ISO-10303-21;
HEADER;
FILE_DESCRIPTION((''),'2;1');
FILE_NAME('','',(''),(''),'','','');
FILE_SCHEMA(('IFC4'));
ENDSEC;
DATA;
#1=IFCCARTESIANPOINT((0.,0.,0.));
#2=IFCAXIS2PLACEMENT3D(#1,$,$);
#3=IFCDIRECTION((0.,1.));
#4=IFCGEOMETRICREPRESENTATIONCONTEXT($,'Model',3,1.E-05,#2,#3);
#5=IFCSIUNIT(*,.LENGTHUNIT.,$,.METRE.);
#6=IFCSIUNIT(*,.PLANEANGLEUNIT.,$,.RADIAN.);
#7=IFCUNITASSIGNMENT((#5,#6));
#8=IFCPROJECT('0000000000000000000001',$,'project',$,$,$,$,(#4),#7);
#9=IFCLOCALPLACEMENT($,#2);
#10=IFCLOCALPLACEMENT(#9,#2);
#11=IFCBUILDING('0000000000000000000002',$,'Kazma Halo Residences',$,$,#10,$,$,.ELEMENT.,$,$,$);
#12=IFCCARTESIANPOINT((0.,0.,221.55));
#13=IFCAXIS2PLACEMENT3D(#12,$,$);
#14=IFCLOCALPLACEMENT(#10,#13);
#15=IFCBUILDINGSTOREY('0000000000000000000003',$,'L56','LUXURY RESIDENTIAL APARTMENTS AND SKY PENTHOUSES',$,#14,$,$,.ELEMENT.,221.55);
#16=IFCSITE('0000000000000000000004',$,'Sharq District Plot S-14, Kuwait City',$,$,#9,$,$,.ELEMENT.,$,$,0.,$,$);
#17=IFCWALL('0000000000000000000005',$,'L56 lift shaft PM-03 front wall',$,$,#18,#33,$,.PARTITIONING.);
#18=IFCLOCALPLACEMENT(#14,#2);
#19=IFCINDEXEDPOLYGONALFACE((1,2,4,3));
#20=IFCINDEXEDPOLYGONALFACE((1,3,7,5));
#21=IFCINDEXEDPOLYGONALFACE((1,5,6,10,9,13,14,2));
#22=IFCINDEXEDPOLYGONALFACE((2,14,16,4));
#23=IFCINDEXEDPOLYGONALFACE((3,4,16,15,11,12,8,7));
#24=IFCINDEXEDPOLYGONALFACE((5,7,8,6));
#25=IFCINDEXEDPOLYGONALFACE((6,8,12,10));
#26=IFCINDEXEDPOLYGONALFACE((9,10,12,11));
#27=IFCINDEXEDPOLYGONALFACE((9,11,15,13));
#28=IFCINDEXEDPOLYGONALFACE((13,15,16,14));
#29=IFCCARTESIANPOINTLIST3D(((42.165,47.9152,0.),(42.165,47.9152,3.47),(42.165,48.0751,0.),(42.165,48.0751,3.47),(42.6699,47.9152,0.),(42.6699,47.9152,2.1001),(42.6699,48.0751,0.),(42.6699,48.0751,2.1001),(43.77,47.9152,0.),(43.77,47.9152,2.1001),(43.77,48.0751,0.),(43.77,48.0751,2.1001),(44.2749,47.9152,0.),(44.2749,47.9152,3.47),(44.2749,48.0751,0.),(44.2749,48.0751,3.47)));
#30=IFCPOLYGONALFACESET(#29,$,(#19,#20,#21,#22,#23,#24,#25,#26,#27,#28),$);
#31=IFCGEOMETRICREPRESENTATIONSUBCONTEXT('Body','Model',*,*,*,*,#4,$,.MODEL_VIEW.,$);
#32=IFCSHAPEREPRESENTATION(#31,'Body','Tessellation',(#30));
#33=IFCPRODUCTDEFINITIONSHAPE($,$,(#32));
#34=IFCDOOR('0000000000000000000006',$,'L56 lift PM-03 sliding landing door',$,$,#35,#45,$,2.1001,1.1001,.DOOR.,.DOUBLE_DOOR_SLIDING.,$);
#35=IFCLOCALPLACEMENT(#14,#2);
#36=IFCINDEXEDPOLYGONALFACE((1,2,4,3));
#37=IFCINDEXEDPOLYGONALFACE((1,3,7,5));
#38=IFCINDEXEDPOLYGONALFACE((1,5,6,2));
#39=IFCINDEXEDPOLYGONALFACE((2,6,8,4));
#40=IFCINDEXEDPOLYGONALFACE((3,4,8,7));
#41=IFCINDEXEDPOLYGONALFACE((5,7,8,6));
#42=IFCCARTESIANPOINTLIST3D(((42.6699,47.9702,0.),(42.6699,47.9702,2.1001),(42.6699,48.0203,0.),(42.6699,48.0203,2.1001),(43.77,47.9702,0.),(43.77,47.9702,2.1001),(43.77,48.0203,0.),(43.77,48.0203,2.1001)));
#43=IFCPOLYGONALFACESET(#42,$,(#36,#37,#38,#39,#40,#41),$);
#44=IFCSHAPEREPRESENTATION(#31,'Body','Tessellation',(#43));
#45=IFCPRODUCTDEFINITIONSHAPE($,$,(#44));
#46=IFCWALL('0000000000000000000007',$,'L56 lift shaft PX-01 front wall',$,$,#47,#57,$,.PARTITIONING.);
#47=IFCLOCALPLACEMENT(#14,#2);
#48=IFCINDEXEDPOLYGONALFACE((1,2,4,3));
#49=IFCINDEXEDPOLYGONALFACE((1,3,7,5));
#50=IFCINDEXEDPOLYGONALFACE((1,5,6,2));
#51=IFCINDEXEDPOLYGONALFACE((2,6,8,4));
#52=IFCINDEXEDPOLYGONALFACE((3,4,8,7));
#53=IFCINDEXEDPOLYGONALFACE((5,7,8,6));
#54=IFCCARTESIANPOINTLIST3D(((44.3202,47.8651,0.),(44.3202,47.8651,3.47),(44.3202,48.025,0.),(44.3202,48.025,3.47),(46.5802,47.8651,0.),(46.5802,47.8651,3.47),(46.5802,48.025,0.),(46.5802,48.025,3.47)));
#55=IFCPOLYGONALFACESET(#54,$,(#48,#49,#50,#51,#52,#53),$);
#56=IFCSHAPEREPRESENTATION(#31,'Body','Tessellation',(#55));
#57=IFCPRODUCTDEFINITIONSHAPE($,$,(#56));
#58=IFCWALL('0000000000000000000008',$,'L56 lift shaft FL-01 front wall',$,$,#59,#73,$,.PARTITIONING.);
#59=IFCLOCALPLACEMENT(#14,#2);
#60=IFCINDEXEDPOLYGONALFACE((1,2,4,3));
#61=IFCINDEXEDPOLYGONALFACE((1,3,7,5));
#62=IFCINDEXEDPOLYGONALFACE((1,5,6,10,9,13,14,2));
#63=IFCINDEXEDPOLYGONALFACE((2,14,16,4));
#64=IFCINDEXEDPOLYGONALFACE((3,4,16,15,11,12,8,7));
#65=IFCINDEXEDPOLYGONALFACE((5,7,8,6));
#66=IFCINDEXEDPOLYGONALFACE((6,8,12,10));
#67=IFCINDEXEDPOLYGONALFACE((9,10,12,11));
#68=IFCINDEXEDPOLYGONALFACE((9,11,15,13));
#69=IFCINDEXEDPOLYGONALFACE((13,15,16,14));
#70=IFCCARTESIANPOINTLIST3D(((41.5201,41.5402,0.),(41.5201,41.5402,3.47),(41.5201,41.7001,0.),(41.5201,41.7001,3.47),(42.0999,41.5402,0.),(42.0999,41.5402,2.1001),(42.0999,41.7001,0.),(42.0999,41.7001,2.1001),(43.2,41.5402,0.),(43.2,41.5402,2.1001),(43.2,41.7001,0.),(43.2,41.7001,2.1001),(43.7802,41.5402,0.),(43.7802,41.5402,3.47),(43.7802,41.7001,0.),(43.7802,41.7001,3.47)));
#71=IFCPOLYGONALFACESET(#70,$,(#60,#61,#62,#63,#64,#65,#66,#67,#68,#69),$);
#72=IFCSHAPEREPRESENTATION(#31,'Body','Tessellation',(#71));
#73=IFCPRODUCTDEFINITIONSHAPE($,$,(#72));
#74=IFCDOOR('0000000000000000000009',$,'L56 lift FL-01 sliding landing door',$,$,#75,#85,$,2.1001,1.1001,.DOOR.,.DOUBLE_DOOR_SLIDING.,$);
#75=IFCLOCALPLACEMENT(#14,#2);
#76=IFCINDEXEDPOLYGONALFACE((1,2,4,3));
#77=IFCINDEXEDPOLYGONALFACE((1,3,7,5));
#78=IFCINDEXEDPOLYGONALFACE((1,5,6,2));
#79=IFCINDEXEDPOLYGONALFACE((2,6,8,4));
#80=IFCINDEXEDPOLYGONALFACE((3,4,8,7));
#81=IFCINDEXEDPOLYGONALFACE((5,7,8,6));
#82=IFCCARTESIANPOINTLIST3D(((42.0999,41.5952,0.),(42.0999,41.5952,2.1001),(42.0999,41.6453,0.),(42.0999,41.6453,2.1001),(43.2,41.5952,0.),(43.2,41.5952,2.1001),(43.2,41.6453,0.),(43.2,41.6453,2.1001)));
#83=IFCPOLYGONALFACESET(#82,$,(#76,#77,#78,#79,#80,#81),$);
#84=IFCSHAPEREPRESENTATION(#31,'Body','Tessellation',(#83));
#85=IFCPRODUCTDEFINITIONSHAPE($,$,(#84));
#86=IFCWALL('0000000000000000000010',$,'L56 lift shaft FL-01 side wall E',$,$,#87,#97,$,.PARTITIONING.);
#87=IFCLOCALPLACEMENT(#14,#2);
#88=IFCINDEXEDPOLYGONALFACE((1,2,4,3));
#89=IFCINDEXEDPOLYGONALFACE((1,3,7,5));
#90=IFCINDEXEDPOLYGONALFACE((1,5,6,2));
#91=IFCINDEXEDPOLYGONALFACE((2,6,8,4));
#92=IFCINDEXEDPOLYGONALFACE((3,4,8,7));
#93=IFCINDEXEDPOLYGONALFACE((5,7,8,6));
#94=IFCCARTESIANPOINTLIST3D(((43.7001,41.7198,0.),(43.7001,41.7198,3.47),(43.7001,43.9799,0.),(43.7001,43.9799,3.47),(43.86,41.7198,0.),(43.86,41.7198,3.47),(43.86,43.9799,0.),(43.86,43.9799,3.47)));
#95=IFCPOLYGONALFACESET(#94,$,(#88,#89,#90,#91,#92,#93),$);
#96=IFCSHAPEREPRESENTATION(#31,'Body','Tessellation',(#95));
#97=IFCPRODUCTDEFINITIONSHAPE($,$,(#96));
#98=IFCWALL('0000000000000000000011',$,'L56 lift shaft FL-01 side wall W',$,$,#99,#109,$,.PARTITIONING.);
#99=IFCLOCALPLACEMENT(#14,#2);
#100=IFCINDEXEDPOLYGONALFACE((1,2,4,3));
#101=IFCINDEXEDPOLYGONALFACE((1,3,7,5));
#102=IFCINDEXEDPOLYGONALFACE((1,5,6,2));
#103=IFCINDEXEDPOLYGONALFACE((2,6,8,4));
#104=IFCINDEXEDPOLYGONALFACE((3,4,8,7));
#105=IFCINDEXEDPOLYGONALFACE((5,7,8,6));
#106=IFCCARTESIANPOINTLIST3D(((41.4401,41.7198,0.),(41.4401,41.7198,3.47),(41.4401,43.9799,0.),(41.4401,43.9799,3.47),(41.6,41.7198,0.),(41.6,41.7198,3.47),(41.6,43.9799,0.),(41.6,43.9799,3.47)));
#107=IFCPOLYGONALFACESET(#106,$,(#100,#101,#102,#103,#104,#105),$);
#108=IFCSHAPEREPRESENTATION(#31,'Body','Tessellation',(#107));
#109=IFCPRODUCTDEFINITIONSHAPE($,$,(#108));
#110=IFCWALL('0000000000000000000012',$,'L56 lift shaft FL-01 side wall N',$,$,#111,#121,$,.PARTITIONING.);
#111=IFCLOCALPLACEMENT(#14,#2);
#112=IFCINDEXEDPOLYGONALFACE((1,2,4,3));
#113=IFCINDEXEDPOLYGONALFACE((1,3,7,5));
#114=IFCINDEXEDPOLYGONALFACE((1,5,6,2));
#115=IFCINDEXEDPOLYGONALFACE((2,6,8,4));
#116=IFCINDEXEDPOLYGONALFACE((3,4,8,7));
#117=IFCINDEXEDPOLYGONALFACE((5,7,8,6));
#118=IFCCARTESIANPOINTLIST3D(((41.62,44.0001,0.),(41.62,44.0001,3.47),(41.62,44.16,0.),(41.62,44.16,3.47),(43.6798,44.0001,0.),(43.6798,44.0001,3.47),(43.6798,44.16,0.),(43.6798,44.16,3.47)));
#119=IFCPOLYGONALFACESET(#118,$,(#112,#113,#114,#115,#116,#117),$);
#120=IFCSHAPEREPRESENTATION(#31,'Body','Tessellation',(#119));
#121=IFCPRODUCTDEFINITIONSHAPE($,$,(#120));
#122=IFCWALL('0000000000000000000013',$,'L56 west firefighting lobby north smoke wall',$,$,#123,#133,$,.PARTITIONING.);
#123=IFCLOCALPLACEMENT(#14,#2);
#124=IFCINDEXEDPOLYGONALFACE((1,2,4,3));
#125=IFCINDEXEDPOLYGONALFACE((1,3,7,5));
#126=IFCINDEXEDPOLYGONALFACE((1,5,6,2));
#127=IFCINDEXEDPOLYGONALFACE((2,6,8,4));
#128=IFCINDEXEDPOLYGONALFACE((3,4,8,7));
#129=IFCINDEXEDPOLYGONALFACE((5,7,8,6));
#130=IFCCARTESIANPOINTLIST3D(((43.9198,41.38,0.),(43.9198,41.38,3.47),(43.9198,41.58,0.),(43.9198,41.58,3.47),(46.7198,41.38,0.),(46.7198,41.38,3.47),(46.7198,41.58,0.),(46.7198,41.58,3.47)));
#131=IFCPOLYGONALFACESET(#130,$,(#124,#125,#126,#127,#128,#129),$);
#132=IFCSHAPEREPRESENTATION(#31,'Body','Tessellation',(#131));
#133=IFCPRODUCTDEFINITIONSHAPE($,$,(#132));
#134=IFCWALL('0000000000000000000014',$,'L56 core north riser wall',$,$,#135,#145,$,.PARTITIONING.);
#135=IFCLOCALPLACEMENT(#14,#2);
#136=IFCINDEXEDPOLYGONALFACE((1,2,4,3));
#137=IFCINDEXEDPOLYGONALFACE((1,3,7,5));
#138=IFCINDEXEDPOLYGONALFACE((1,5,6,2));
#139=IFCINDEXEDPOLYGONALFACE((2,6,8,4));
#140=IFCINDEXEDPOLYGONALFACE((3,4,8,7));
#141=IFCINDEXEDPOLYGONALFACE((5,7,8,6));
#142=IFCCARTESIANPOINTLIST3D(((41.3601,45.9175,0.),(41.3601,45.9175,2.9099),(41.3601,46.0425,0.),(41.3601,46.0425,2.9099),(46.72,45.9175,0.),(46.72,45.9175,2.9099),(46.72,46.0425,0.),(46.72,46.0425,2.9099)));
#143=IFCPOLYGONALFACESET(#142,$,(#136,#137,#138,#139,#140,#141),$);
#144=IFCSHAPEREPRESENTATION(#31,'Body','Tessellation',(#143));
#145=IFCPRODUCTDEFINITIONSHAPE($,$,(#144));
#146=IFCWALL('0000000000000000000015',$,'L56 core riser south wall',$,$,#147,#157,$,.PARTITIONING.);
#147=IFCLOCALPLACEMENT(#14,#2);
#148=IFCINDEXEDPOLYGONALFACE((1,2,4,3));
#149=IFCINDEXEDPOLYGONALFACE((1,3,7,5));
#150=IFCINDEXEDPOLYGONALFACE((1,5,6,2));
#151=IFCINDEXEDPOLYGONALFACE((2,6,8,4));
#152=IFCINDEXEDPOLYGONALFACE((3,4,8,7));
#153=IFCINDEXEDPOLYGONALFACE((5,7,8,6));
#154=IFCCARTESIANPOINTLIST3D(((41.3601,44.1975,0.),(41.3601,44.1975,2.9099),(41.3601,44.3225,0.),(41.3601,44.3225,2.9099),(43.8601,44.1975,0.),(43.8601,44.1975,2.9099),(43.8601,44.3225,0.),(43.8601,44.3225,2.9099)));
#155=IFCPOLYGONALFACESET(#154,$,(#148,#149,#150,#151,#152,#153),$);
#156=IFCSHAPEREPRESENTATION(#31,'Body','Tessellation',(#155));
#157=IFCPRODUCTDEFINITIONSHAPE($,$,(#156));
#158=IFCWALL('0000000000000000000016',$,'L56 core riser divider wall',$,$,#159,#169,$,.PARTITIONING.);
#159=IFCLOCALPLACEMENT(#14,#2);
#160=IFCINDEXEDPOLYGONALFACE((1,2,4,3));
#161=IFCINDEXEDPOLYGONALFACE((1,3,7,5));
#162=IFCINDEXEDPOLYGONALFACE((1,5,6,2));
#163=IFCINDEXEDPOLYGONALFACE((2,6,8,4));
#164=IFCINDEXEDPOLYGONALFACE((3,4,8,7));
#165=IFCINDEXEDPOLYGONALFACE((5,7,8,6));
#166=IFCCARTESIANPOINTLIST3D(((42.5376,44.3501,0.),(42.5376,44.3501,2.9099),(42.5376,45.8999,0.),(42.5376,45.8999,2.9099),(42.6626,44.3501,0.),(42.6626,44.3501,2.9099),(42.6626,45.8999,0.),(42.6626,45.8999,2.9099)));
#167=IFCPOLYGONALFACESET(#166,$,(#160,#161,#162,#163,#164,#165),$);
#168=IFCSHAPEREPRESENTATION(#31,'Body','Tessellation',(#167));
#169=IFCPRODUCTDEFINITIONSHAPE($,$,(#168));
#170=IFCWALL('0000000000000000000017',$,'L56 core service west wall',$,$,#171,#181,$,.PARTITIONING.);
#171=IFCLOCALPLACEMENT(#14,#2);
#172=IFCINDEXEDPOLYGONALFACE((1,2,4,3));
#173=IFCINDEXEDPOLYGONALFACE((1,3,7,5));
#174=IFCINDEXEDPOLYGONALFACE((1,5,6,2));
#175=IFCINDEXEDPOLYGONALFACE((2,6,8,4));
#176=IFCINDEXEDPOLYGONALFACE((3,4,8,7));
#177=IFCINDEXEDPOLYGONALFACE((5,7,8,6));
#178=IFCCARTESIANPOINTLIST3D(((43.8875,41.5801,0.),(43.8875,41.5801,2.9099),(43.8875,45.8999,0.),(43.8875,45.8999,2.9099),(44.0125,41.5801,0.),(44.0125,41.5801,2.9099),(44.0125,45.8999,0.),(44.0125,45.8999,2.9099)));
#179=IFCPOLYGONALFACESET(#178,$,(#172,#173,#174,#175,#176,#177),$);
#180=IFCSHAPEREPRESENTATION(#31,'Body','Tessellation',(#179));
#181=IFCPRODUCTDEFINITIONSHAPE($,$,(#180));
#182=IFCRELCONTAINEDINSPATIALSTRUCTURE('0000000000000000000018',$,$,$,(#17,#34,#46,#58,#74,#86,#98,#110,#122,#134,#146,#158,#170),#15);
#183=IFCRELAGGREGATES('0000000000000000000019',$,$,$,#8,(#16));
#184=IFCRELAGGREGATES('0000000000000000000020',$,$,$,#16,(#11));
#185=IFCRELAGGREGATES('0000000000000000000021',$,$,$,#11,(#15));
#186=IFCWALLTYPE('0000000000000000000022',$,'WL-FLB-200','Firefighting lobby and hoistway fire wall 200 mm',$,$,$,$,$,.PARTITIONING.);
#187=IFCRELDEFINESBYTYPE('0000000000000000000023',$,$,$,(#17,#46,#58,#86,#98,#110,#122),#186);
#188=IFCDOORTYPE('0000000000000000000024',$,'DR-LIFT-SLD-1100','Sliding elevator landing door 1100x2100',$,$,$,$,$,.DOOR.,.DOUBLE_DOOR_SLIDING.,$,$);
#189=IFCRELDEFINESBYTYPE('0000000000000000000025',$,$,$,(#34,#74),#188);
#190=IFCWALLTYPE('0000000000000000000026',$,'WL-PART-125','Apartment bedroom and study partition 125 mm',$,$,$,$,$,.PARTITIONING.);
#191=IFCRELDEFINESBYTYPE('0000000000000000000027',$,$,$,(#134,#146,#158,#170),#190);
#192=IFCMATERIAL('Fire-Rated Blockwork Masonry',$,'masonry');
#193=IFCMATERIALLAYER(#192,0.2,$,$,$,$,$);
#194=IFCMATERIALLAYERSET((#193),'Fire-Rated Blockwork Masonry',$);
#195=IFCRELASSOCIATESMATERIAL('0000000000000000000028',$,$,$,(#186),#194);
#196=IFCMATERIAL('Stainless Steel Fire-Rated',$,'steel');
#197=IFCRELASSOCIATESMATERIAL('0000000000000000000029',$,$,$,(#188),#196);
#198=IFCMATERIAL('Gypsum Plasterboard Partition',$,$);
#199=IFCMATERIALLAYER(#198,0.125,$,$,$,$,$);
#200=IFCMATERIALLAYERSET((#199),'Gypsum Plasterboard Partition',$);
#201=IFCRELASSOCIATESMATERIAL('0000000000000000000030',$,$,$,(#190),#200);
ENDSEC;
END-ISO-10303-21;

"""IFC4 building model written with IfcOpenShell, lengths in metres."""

from ifc_helpers import new_model, si_unit, direction, frame, frame_2d, origin, place, context, subcontext, project, spatial, rectangle, extrude, material, layer, layer_set, type_object, element, fill, save


model = new_model("IFC4")

# Units and contexts
model_context = context("Model", 3, precision=1e-05, world=origin(), true_north=direction((0.0, 1.0)))
body_context = subcontext(model_context, "Body", "Model", "MODEL_VIEW")
ifc_project = project(units=[si_unit("LENGTHUNIT", "METRE"), si_unit("PLANEANGLEUNIT", "RADIAN")], contexts=[model_context])

# Site, building, storey
site_placement = place(None, origin())
site = spatial("IfcSite", under=ifc_project, at=site_placement, Name="Sharq District Plot S-14, Kuwait City", CompositionType="ELEMENT", RefElevation=0.0)
building_placement = place(site_placement, origin())
building = spatial("IfcBuilding", under=site, at=building_placement, Name="Kazma Halo Residences", CompositionType="ELEMENT")
storey_placement = place(building_placement, frame((0.0, 0.0, 221.55)))
storey = spatial("IfcBuildingStorey", under=building, at=storey_placement, Name="L56", Description="LUXURY RESIDENTIAL APARTMENTS AND SKY PENTHOUSES", CompositionType="ELEMENT", Elevation=221.55)

# Shared definitions
ifc_material_1 = material(Name="Fire-Rated Blockwork Masonry", Category="masonry")
ifc_layer_1 = layer(ifc_material_1, 0.2)
ifc_layer_set_1 = layer_set([ifc_layer_1], Name="Fire-Rated Blockwork Masonry")
wall_type_1 = type_object("IfcWallType", Name="WL-FLB-200", Description="Firefighting lobby and hoistway fire wall 200 mm", PredefinedType="PARTITIONING", material=ifc_layer_set_1)
ifc_material_2 = material(Name="Stainless Steel Fire-Rated", Category="steel")
door_type = type_object("IfcDoorType", Name="DR-LIFT-SLD-1100", Description="Sliding elevator landing door 1100x2100", OperationType="DOUBLE_DOOR_SLIDING", PredefinedType="DOOR", material=ifc_material_2)

# Wall, opening, door
wall_1_placement = place(storey_placement, frame((44.2749, 47.9951, 0.0), z_axis=(0.0, 0.0, 1.0), x_axis=(-1.0, 0.0, 0.0)))
wall_1 = element("IfcWall", 1, at=wall_1_placement, inside=storey, type_object=wall_type_1, Name="L56 lift shaft PM-03 front wall", PredefinedType="PARTITIONING", context=body_context, shape_type="SweptSolid", body=[
    extrude(rectangle(XDim=2.1099, YDim=0.1599, at=frame_2d((1.0549, 0.0))), origin(), (0.0, 0.0, 1.0), 3.47),
])
opening_1_placement = place(wall_1_placement, frame((0.5049, 0.0, 0.0)))
opening_1 = element("IfcOpeningElement", 2, at=opening_1_placement, cuts=wall_1, PredefinedType="OPENING", context=body_context, shape_type="SweptSolid", body=[
    extrude(rectangle(XDim=1.1001, YDim=2.1001, at=frame_2d((0.55, 1.05))), frame((0.0, 0.0898, 0.0), z_axis=(0.0, -1.0, 0.0), x_axis=(1.0, 0.0, 0.0)), (0.0, 0.0, 1.0), 0.1799),
])
door_1_placement = place(opening_1_placement, origin())
door_1 = element("IfcDoor", 3, at=door_1_placement, inside=storey, type_object=door_type, Name="L56 lift PM-03 sliding landing door", OperationType="DOUBLE_DOOR_SLIDING", OverallHeight=2.1001, OverallWidth=1.1001, PredefinedType="DOOR", context=body_context, shape_type="SweptSolid", body=[
    extrude(rectangle(XDim=1.1001, YDim=2.1001, at=frame_2d((0.55, 1.05))), frame((0.0, 0.0249, 0.0), z_axis=(0.0, -1.0, 0.0), x_axis=(1.0, 0.0, 0.0)), (0.0, 0.0, 1.0), 0.05),
])
fill(opening_1, door_1)

# Wall
wall_2_placement = place(storey_placement, frame((46.5801, 47.9451, 0.0), z_axis=(0.0, 0.0, 1.0), x_axis=(-1.0, 0.0, 0.0)))
element("IfcWall", 4, at=wall_2_placement, inside=storey, type_object=wall_type_1, Name="L56 lift shaft PX-01 front wall", PredefinedType="PARTITIONING", context=body_context, shape_type="SweptSolid", body=[
    extrude(rectangle(XDim=2.26, YDim=0.1599, at=frame_2d((1.1299, 0.0))), origin(), (0.0, 0.0, 1.0), 3.47),
])

# Wall, opening, door
wall_3_placement = place(storey_placement, frame((43.78, 41.6201, 0.0), z_axis=(0.0, 0.0, 1.0), x_axis=(-1.0, 0.0, 0.0)))
wall_3 = element("IfcWall", 5, at=wall_3_placement, inside=storey, type_object=wall_type_1, Name="L56 lift shaft FL-01 front wall", PredefinedType="PARTITIONING", context=body_context, shape_type="SweptSolid", body=[
    extrude(rectangle(XDim=2.26, YDim=0.1599, at=frame_2d((1.1299, 0.0))), origin(), (0.0, 0.0, 1.0), 3.47),
])
opening_2_placement = place(wall_3_placement, frame((0.5801, 0.0, 0.0)))
opening_2 = element("IfcOpeningElement", 6, at=opening_2_placement, cuts=wall_3, PredefinedType="OPENING", context=body_context, shape_type="SweptSolid", body=[
    extrude(rectangle(XDim=1.1001, YDim=2.1001, at=frame_2d((0.55, 1.05))), frame((0.0, 0.0898, 0.0), z_axis=(0.0, -1.0, 0.0), x_axis=(1.0, 0.0, 0.0)), (0.0, 0.0, 1.0), 0.1799),
])
door_2_placement = place(opening_2_placement, origin())
door_2 = element("IfcDoor", 7, at=door_2_placement, inside=storey, type_object=door_type, Name="L56 lift FL-01 sliding landing door", OperationType="DOUBLE_DOOR_SLIDING", OverallHeight=2.1001, OverallWidth=1.1001, PredefinedType="DOOR", context=body_context, shape_type="SweptSolid", body=[
    extrude(rectangle(XDim=1.1001, YDim=2.1001, at=frame_2d((0.55, 1.05))), frame((0.0, 0.0249, 0.0), z_axis=(0.0, -1.0, 0.0), x_axis=(1.0, 0.0, 0.0)), (0.0, 0.0, 1.0), 0.05),
])
fill(opening_2, door_2)

# Walls
for number, where, z_axis, x_axis, name in (
    (8, (43.78, 41.72, 0.0), (0.0, 0.0, 1.0), (0.0, 1.0, 0.0), "L56 lift shaft FL-01 side wall E"),
    (9, (41.52, 41.72, 0.0), (0.0, 0.0, 1.0), (0.0, 1.0, 0.0), "L56 lift shaft FL-01 side wall W"),
):
    element("IfcWall", number, at=place(storey_placement, frame(where, z_axis=z_axis, x_axis=x_axis)), inside=storey, type_object=wall_type_1, Name=name, PredefinedType="PARTITIONING", context=body_context, shape_type="SweptSolid", body=[
        extrude(rectangle(XDim=2.26, YDim=0.1599, at=frame_2d((1.1299, 0.0))), origin(), (0.0, 0.0, 1.0), 3.47),
    ])
wall_4_placement = place(storey_placement, frame((41.6201, 44.0801, 0.0), z_axis=(0.0, 0.0, 1.0), x_axis=(1.0, 0.0, 0.0)))
element("IfcWall", 10, at=wall_4_placement, inside=storey, type_object=wall_type_1, Name="L56 lift shaft FL-01 side wall N", PredefinedType="PARTITIONING", context=body_context, shape_type="SweptSolid", body=[
    extrude(rectangle(XDim=2.0598, YDim=0.1599, at=frame_2d((1.0298, 0.0))), origin(), (0.0, 0.0, 1.0), 3.47),
])
wall_5_placement = place(storey_placement, frame((43.9199, 41.48, 0.0), z_axis=(0.0, 0.0, 1.0), x_axis=(1.0, 0.0, 0.0)))
element("IfcWall", 11, at=wall_5_placement, inside=storey, type_object=wall_type_1, Name="L56 west firefighting lobby north smoke wall", PredefinedType="PARTITIONING", context=body_context, shape_type="SweptSolid", body=[
    extrude(rectangle(XDim=2.8, YDim=0.2, at=frame_2d((1.3999, 0.0))), origin(), (0.0, 0.0, 1.0), 3.47),
])
ifc_material_3 = material(Name="Gypsum Plasterboard Partition")
ifc_layer_2 = layer(ifc_material_3, 0.125)
ifc_layer_set_2 = layer_set([ifc_layer_2], Name="Gypsum Plasterboard Partition")
wall_type_2 = type_object("IfcWallType", Name="WL-PART-125", Description="Apartment bedroom and study partition 125 mm", PredefinedType="PARTITIONING", material=ifc_layer_set_2)
wall_6_placement = place(storey_placement, frame((41.3601, 45.98, 0.0), z_axis=(0.0, 0.0, 1.0), x_axis=(1.0, 0.0, 0.0)))
element("IfcWall", 12, at=wall_6_placement, inside=storey, type_object=wall_type_2, Name="L56 core north riser wall", PredefinedType="PARTITIONING", context=body_context, shape_type="SweptSolid", body=[
    extrude(rectangle(XDim=5.3599, YDim=0.125, at=frame_2d((2.6799, 0.0))), origin(), (0.0, 0.0, 1.0), 2.9099),
])
wall_7_placement = place(storey_placement, frame((41.3601, 44.26, 0.0), z_axis=(0.0, 0.0, 1.0), x_axis=(1.0, 0.0, 0.0)))
element("IfcWall", 13, at=wall_7_placement, inside=storey, type_object=wall_type_2, Name="L56 core riser south wall", PredefinedType="PARTITIONING", context=body_context, shape_type="SweptSolid", body=[
    extrude(rectangle(XDim=2.5, YDim=0.125, at=frame_2d((1.25, 0.0))), origin(), (0.0, 0.0, 1.0), 2.9099),
])
wall_8_placement = place(storey_placement, frame((42.6001, 44.3501, 0.0), z_axis=(0.0, 0.0, 1.0), x_axis=(0.0, 1.0, 0.0)))
element("IfcWall", 14, at=wall_8_placement, inside=storey, type_object=wall_type_2, Name="L56 core riser divider wall", PredefinedType="PARTITIONING", context=body_context, shape_type="SweptSolid", body=[
    extrude(rectangle(XDim=1.5498, YDim=0.125, at=frame_2d((0.7749, 0.0))), origin(), (0.0, 0.0, 1.0), 2.9099),
])
wall_9_placement = place(storey_placement, frame((43.95, 41.5801, 0.0), z_axis=(0.0, 0.0, 1.0), x_axis=(0.0, 1.0, 0.0)))
element("IfcWall", 15, at=wall_9_placement, inside=storey, type_object=wall_type_2, Name="L56 core service west wall", PredefinedType="PARTITIONING", context=body_context, shape_type="SweptSolid", body=[
    extrude(rectangle(XDim=4.3198, YDim=0.125, at=frame_2d((2.1599, 0.0))), origin(), (0.0, 0.0, 1.0), 2.9099),
])

save(model, "model.ifc")
